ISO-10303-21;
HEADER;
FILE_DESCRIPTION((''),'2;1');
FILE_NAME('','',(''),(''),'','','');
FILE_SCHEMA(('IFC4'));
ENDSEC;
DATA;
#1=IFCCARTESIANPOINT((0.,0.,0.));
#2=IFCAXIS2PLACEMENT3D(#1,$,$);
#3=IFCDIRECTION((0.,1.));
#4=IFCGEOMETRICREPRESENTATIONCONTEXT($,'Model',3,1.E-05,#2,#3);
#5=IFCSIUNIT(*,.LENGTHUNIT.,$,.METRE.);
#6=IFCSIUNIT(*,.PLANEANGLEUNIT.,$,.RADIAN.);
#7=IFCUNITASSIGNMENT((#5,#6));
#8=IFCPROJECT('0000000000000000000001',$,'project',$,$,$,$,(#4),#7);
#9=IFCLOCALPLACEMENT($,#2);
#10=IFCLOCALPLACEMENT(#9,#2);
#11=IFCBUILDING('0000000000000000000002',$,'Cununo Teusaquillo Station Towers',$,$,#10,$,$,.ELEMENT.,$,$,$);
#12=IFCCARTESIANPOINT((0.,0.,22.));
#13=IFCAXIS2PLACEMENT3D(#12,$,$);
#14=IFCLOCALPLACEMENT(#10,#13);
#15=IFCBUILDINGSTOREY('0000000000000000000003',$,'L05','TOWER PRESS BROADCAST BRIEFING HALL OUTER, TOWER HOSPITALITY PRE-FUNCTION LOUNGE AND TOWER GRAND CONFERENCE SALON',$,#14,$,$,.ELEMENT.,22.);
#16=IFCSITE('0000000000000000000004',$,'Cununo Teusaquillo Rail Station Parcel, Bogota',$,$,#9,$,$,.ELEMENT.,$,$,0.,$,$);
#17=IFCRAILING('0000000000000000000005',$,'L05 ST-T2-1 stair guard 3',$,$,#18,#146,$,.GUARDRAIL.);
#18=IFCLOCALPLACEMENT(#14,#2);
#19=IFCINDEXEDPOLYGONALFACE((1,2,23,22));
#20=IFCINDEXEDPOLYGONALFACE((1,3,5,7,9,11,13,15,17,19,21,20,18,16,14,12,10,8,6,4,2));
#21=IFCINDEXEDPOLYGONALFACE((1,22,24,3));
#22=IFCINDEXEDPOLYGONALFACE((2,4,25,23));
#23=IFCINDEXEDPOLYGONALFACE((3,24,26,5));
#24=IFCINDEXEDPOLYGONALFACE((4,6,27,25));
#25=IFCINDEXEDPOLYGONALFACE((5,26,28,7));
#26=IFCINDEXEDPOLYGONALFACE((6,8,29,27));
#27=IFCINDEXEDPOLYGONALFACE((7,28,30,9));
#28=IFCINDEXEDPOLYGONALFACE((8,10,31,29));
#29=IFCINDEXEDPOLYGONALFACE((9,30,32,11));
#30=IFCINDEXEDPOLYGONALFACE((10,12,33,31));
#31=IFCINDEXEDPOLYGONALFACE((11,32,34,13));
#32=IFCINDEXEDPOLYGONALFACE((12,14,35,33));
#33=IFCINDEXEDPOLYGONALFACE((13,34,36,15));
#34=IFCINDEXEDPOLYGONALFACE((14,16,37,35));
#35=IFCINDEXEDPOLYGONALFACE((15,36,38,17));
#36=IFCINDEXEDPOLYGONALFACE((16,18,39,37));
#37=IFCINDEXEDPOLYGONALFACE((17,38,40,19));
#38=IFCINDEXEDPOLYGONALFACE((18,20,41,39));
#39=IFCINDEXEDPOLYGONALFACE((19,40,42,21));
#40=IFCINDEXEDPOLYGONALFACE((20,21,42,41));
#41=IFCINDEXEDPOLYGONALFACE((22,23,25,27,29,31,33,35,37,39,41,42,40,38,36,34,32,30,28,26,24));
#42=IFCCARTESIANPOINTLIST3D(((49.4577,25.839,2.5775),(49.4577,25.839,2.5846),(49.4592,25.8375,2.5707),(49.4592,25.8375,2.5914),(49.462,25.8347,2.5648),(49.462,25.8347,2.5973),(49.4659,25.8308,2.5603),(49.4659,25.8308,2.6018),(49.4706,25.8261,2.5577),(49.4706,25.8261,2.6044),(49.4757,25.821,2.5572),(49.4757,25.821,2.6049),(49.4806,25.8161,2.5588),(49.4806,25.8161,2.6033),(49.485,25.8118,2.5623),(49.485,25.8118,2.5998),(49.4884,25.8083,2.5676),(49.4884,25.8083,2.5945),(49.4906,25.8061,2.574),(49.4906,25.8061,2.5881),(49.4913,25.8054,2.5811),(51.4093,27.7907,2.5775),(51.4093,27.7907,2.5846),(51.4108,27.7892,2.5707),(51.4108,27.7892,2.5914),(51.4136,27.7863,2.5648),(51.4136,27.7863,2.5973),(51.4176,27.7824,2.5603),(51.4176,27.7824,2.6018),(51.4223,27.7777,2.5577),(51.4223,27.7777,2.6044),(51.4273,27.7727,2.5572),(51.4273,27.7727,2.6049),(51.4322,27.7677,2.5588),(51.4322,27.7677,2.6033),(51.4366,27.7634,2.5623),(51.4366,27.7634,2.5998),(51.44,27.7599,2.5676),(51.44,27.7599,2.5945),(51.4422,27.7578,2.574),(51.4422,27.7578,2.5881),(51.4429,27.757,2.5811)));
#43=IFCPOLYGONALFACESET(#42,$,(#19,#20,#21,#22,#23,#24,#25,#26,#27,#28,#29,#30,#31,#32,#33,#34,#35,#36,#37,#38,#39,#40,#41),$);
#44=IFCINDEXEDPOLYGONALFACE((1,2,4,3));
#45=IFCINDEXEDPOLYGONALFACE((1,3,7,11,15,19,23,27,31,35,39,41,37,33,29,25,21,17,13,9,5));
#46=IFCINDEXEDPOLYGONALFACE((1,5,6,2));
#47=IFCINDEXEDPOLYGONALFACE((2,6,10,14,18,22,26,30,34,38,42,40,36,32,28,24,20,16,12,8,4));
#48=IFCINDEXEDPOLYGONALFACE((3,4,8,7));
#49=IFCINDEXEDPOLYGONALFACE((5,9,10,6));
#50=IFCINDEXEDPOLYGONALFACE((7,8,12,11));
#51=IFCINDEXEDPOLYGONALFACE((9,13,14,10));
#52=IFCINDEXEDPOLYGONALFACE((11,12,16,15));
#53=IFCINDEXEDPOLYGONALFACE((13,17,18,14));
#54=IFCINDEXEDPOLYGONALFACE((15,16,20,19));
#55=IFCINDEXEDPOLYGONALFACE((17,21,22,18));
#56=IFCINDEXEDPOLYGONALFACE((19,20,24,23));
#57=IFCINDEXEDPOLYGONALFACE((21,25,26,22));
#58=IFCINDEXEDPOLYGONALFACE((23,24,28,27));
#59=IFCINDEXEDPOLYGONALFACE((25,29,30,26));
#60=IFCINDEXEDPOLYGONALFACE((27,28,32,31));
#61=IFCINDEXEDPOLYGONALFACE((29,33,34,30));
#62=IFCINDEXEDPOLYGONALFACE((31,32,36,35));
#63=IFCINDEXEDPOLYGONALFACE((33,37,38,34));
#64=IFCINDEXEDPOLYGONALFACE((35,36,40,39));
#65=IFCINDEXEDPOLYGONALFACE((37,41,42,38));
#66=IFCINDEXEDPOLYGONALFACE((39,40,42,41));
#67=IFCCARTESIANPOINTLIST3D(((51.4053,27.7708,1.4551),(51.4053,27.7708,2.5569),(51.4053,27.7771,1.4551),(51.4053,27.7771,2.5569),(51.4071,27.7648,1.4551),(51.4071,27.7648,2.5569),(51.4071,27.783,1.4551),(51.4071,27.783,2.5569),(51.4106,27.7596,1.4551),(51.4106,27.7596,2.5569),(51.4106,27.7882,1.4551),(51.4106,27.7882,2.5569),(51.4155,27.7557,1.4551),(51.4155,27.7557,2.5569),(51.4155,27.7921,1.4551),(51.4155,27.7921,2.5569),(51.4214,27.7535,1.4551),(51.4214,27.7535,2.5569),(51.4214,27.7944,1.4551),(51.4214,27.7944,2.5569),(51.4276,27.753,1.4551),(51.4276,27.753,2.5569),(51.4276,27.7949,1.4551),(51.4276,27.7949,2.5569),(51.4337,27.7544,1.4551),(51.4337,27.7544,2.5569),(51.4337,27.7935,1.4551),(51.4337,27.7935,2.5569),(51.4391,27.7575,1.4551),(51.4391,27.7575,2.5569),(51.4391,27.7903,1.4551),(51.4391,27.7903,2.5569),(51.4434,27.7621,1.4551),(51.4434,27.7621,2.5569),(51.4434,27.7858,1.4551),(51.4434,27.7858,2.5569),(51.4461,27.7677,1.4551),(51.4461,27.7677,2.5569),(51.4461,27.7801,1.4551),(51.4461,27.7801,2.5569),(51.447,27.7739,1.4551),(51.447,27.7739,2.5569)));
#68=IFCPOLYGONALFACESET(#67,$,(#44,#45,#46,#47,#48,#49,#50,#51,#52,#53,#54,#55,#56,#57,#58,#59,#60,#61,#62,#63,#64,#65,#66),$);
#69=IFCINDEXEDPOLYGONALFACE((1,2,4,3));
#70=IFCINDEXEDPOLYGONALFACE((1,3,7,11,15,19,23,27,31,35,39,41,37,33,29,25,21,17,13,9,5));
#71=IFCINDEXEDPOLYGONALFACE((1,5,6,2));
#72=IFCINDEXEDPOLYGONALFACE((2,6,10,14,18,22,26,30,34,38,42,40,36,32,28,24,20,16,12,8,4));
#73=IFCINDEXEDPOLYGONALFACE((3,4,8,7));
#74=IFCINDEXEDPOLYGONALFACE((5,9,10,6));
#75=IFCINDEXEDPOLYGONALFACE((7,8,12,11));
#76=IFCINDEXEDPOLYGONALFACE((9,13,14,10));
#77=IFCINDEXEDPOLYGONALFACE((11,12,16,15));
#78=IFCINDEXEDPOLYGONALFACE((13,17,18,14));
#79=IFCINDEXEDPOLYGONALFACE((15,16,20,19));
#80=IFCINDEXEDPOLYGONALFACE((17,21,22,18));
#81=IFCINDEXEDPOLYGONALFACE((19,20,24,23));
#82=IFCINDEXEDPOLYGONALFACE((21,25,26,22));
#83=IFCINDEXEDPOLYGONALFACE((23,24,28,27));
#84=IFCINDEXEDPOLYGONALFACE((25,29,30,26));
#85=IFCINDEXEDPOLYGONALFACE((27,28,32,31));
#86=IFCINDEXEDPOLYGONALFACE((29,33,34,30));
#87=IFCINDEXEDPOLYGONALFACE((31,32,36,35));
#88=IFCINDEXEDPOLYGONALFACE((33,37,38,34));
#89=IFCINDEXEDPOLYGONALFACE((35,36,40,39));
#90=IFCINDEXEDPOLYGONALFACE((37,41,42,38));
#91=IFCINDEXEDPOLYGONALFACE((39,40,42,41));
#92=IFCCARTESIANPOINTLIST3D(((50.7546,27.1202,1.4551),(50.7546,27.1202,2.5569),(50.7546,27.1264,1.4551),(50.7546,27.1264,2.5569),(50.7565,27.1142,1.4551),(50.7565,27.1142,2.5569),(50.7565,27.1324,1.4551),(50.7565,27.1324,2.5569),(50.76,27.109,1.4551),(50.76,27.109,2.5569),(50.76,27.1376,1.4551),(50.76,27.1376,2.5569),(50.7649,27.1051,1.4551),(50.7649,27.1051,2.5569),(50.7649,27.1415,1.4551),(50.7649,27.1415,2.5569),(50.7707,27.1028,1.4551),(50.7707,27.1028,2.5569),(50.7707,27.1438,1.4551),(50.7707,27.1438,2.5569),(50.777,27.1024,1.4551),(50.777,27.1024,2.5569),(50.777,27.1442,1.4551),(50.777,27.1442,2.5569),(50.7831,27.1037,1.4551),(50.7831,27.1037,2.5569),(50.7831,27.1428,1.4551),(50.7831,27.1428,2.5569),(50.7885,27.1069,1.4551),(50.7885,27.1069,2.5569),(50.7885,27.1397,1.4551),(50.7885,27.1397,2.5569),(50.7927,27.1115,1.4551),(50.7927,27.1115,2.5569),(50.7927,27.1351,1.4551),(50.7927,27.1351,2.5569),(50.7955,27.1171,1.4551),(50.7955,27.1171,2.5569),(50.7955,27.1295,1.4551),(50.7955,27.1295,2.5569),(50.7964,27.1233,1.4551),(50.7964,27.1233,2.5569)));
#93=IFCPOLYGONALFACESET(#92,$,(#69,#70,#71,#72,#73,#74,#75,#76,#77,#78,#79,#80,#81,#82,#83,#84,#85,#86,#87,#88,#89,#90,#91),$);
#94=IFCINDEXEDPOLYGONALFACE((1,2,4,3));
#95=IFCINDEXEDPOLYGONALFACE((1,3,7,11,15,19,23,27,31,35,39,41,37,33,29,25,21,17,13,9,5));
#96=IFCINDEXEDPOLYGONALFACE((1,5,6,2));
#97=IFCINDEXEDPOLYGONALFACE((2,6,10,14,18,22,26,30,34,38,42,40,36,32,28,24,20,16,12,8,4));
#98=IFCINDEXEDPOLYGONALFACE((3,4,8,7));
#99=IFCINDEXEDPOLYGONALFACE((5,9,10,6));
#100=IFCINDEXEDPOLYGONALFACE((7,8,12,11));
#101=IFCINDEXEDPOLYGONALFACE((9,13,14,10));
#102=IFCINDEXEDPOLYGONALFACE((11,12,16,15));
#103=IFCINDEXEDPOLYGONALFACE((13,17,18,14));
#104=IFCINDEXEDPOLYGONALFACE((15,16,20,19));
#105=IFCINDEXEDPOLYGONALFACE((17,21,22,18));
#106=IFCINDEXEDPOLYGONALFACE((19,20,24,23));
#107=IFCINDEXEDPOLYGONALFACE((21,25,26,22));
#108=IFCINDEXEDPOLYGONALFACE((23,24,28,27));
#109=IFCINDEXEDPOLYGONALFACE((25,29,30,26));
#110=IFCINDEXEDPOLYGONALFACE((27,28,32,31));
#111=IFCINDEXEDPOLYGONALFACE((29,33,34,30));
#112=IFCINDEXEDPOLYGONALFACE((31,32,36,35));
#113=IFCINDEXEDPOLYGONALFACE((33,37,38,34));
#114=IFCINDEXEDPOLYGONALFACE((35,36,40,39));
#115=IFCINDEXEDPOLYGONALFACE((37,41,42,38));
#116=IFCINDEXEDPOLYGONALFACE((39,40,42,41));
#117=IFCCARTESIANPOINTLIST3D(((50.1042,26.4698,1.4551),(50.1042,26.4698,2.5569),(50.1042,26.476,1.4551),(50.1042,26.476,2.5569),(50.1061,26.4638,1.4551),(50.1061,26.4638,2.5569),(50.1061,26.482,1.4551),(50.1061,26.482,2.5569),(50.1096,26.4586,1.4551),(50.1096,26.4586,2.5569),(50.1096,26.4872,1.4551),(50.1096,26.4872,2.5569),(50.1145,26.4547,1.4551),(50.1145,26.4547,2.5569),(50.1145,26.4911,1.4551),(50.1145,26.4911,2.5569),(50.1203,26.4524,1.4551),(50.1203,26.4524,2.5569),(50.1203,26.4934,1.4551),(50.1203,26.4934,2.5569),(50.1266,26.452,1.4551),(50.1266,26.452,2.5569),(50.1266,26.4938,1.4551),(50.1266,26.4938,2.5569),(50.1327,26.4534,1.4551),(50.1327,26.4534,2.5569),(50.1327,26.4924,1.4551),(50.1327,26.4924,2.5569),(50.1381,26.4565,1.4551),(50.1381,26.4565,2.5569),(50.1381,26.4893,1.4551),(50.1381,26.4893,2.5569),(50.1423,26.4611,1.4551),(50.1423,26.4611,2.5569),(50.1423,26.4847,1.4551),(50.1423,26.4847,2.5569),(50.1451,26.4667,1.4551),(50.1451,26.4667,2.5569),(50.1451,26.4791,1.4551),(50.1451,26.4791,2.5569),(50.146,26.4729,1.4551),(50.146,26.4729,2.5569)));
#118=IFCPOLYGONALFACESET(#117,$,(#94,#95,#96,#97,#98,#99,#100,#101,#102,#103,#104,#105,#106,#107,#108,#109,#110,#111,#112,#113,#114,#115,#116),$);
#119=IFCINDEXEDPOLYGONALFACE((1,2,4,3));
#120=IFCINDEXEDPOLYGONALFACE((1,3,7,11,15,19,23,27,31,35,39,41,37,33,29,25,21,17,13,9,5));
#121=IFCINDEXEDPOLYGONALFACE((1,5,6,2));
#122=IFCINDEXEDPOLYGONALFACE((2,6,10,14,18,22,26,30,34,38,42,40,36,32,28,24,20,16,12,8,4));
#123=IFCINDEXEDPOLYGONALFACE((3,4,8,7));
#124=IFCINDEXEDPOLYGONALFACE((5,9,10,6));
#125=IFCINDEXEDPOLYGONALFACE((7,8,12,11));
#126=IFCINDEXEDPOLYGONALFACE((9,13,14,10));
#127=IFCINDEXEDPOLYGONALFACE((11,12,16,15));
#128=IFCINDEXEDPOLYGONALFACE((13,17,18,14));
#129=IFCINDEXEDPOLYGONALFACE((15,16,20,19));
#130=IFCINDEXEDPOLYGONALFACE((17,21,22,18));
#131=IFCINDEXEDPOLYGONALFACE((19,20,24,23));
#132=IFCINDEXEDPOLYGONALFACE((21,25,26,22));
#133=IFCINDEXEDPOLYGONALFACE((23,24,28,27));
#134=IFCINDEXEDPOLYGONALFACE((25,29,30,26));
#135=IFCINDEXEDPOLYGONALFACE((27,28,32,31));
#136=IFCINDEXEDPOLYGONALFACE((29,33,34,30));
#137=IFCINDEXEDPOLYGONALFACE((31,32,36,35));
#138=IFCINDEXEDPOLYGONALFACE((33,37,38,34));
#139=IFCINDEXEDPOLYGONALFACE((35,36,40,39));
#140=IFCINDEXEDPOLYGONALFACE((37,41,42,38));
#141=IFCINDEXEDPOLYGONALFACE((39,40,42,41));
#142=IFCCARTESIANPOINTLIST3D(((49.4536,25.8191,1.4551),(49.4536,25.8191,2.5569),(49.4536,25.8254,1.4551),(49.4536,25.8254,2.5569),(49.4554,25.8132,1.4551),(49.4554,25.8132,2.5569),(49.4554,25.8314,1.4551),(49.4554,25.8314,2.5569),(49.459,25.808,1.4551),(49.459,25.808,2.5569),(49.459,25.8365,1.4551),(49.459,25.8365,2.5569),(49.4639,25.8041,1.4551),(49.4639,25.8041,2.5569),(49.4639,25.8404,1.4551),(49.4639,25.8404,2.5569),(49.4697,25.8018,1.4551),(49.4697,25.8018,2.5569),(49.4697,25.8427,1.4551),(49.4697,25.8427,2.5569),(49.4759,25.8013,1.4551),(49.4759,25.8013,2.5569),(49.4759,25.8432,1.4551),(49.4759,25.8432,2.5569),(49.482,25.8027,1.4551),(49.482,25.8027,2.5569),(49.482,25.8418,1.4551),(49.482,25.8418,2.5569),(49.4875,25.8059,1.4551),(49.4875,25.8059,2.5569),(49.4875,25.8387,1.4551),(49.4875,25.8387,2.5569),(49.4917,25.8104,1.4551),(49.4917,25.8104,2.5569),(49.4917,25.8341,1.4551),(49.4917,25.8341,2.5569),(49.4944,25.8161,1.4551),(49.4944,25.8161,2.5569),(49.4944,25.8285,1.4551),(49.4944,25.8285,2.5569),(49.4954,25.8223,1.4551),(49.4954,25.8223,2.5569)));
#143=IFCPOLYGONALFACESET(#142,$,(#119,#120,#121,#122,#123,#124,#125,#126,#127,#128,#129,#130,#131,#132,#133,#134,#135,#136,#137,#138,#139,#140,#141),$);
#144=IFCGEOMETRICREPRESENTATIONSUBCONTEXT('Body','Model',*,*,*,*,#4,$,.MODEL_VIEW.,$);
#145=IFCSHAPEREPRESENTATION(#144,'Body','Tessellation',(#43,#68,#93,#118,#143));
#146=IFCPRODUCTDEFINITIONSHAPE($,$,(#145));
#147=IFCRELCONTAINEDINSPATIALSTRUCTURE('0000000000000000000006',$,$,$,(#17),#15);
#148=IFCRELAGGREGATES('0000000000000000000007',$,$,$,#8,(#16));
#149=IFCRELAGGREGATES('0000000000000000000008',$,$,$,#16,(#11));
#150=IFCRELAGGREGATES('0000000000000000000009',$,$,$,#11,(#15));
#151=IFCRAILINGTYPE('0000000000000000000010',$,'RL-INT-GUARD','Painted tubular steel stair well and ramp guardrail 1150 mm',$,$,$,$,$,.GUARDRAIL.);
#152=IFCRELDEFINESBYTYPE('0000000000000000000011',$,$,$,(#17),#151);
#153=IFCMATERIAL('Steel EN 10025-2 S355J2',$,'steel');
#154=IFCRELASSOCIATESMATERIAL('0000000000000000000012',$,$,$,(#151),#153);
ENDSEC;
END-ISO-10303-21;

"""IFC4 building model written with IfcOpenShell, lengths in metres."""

from ifc_helpers import new_model, si_unit, direction, frame, origin, origin_2d, place, context, subcontext, project, spatial, circle, extrude, material, type_object, element, save


model = new_model("IFC4")

# Units and contexts
model_context = context("Model", 3, precision=1e-05, world=origin(), true_north=direction((0.0, 1.0)))
body_context = subcontext(model_context, "Body", "Model", "MODEL_VIEW")
ifc_project = project(units=[si_unit("LENGTHUNIT", "METRE"), si_unit("PLANEANGLEUNIT", "RADIAN")], contexts=[model_context])

# Site, building, storey
site_placement = place(None, origin())
site = spatial("IfcSite", under=ifc_project, at=site_placement, Name="Cununo Teusaquillo Rail Station Parcel, Bogota", CompositionType="ELEMENT", RefElevation=0.0)
building_placement = place(site_placement, origin())
building = spatial("IfcBuilding", under=site, at=building_placement, Name="Cununo Teusaquillo Station Towers", CompositionType="ELEMENT")
storey_placement = place(building_placement, frame((0.0, 0.0, 22.0)))
storey = spatial("IfcBuildingStorey", under=building, at=storey_placement, Name="L05", Description="TOWER PRESS BROADCAST BRIEFING HALL OUTER, TOWER HOSPITALITY PRE-FUNCTION LOUNGE AND TOWER GRAND CONFERENCE SALON", CompositionType="ELEMENT", Elevation=22.0)

# Railing
ifc_material_1 = material(Name="Steel EN 10025-2 S355J2", Category="steel")
railing_type_1 = type_object("IfcRailingType", Name="RL-INT-GUARD", Description="Painted tubular steel stair well and ramp guardrail 1150 mm", PredefinedType="GUARDRAIL", material=ifc_material_1)
railing_1_placement = place(storey_placement, frame((51.426, 27.7739, 1.4551)))
element("IfcRailing", 1, at=railing_1_placement, inside=storey, type_object=railing_type_1, Name="L05 ST-T2-1 stair guard 3", PredefinedType="GUARDRAIL", context=body_context, shape_type="SweptSolid", body=[
    extrude(circle(Radius=0.0239, at=origin_2d()), frame((0.0, 0.0, 1.126), z_axis=(-0.707107, -0.707107, 0.0), x_axis=(0.707107, -0.707107, 0.0)), (0.0, 0.0, 1.0), 2.76),
    extrude(circle(Radius=0.021, at=origin_2d()), origin(), (0.0, 0.0, 1.0), 1.1018),
    extrude(circle(Radius=0.021, at=origin_2d()), frame((-0.6506, -0.6506, 0.0)), (0.0, 0.0, 1.0), 1.1018),
    extrude(circle(Radius=0.021, at=origin_2d()), frame((-1.301, -1.301, 0.0)), (0.0, 0.0, 1.0), 1.1018),
    extrude(circle(Radius=0.021, at=origin_2d()), frame((-1.9517, -1.9517, 0.0)), (0.0, 0.0, 1.0), 1.1018),
])

save(model, "model.ifc")
